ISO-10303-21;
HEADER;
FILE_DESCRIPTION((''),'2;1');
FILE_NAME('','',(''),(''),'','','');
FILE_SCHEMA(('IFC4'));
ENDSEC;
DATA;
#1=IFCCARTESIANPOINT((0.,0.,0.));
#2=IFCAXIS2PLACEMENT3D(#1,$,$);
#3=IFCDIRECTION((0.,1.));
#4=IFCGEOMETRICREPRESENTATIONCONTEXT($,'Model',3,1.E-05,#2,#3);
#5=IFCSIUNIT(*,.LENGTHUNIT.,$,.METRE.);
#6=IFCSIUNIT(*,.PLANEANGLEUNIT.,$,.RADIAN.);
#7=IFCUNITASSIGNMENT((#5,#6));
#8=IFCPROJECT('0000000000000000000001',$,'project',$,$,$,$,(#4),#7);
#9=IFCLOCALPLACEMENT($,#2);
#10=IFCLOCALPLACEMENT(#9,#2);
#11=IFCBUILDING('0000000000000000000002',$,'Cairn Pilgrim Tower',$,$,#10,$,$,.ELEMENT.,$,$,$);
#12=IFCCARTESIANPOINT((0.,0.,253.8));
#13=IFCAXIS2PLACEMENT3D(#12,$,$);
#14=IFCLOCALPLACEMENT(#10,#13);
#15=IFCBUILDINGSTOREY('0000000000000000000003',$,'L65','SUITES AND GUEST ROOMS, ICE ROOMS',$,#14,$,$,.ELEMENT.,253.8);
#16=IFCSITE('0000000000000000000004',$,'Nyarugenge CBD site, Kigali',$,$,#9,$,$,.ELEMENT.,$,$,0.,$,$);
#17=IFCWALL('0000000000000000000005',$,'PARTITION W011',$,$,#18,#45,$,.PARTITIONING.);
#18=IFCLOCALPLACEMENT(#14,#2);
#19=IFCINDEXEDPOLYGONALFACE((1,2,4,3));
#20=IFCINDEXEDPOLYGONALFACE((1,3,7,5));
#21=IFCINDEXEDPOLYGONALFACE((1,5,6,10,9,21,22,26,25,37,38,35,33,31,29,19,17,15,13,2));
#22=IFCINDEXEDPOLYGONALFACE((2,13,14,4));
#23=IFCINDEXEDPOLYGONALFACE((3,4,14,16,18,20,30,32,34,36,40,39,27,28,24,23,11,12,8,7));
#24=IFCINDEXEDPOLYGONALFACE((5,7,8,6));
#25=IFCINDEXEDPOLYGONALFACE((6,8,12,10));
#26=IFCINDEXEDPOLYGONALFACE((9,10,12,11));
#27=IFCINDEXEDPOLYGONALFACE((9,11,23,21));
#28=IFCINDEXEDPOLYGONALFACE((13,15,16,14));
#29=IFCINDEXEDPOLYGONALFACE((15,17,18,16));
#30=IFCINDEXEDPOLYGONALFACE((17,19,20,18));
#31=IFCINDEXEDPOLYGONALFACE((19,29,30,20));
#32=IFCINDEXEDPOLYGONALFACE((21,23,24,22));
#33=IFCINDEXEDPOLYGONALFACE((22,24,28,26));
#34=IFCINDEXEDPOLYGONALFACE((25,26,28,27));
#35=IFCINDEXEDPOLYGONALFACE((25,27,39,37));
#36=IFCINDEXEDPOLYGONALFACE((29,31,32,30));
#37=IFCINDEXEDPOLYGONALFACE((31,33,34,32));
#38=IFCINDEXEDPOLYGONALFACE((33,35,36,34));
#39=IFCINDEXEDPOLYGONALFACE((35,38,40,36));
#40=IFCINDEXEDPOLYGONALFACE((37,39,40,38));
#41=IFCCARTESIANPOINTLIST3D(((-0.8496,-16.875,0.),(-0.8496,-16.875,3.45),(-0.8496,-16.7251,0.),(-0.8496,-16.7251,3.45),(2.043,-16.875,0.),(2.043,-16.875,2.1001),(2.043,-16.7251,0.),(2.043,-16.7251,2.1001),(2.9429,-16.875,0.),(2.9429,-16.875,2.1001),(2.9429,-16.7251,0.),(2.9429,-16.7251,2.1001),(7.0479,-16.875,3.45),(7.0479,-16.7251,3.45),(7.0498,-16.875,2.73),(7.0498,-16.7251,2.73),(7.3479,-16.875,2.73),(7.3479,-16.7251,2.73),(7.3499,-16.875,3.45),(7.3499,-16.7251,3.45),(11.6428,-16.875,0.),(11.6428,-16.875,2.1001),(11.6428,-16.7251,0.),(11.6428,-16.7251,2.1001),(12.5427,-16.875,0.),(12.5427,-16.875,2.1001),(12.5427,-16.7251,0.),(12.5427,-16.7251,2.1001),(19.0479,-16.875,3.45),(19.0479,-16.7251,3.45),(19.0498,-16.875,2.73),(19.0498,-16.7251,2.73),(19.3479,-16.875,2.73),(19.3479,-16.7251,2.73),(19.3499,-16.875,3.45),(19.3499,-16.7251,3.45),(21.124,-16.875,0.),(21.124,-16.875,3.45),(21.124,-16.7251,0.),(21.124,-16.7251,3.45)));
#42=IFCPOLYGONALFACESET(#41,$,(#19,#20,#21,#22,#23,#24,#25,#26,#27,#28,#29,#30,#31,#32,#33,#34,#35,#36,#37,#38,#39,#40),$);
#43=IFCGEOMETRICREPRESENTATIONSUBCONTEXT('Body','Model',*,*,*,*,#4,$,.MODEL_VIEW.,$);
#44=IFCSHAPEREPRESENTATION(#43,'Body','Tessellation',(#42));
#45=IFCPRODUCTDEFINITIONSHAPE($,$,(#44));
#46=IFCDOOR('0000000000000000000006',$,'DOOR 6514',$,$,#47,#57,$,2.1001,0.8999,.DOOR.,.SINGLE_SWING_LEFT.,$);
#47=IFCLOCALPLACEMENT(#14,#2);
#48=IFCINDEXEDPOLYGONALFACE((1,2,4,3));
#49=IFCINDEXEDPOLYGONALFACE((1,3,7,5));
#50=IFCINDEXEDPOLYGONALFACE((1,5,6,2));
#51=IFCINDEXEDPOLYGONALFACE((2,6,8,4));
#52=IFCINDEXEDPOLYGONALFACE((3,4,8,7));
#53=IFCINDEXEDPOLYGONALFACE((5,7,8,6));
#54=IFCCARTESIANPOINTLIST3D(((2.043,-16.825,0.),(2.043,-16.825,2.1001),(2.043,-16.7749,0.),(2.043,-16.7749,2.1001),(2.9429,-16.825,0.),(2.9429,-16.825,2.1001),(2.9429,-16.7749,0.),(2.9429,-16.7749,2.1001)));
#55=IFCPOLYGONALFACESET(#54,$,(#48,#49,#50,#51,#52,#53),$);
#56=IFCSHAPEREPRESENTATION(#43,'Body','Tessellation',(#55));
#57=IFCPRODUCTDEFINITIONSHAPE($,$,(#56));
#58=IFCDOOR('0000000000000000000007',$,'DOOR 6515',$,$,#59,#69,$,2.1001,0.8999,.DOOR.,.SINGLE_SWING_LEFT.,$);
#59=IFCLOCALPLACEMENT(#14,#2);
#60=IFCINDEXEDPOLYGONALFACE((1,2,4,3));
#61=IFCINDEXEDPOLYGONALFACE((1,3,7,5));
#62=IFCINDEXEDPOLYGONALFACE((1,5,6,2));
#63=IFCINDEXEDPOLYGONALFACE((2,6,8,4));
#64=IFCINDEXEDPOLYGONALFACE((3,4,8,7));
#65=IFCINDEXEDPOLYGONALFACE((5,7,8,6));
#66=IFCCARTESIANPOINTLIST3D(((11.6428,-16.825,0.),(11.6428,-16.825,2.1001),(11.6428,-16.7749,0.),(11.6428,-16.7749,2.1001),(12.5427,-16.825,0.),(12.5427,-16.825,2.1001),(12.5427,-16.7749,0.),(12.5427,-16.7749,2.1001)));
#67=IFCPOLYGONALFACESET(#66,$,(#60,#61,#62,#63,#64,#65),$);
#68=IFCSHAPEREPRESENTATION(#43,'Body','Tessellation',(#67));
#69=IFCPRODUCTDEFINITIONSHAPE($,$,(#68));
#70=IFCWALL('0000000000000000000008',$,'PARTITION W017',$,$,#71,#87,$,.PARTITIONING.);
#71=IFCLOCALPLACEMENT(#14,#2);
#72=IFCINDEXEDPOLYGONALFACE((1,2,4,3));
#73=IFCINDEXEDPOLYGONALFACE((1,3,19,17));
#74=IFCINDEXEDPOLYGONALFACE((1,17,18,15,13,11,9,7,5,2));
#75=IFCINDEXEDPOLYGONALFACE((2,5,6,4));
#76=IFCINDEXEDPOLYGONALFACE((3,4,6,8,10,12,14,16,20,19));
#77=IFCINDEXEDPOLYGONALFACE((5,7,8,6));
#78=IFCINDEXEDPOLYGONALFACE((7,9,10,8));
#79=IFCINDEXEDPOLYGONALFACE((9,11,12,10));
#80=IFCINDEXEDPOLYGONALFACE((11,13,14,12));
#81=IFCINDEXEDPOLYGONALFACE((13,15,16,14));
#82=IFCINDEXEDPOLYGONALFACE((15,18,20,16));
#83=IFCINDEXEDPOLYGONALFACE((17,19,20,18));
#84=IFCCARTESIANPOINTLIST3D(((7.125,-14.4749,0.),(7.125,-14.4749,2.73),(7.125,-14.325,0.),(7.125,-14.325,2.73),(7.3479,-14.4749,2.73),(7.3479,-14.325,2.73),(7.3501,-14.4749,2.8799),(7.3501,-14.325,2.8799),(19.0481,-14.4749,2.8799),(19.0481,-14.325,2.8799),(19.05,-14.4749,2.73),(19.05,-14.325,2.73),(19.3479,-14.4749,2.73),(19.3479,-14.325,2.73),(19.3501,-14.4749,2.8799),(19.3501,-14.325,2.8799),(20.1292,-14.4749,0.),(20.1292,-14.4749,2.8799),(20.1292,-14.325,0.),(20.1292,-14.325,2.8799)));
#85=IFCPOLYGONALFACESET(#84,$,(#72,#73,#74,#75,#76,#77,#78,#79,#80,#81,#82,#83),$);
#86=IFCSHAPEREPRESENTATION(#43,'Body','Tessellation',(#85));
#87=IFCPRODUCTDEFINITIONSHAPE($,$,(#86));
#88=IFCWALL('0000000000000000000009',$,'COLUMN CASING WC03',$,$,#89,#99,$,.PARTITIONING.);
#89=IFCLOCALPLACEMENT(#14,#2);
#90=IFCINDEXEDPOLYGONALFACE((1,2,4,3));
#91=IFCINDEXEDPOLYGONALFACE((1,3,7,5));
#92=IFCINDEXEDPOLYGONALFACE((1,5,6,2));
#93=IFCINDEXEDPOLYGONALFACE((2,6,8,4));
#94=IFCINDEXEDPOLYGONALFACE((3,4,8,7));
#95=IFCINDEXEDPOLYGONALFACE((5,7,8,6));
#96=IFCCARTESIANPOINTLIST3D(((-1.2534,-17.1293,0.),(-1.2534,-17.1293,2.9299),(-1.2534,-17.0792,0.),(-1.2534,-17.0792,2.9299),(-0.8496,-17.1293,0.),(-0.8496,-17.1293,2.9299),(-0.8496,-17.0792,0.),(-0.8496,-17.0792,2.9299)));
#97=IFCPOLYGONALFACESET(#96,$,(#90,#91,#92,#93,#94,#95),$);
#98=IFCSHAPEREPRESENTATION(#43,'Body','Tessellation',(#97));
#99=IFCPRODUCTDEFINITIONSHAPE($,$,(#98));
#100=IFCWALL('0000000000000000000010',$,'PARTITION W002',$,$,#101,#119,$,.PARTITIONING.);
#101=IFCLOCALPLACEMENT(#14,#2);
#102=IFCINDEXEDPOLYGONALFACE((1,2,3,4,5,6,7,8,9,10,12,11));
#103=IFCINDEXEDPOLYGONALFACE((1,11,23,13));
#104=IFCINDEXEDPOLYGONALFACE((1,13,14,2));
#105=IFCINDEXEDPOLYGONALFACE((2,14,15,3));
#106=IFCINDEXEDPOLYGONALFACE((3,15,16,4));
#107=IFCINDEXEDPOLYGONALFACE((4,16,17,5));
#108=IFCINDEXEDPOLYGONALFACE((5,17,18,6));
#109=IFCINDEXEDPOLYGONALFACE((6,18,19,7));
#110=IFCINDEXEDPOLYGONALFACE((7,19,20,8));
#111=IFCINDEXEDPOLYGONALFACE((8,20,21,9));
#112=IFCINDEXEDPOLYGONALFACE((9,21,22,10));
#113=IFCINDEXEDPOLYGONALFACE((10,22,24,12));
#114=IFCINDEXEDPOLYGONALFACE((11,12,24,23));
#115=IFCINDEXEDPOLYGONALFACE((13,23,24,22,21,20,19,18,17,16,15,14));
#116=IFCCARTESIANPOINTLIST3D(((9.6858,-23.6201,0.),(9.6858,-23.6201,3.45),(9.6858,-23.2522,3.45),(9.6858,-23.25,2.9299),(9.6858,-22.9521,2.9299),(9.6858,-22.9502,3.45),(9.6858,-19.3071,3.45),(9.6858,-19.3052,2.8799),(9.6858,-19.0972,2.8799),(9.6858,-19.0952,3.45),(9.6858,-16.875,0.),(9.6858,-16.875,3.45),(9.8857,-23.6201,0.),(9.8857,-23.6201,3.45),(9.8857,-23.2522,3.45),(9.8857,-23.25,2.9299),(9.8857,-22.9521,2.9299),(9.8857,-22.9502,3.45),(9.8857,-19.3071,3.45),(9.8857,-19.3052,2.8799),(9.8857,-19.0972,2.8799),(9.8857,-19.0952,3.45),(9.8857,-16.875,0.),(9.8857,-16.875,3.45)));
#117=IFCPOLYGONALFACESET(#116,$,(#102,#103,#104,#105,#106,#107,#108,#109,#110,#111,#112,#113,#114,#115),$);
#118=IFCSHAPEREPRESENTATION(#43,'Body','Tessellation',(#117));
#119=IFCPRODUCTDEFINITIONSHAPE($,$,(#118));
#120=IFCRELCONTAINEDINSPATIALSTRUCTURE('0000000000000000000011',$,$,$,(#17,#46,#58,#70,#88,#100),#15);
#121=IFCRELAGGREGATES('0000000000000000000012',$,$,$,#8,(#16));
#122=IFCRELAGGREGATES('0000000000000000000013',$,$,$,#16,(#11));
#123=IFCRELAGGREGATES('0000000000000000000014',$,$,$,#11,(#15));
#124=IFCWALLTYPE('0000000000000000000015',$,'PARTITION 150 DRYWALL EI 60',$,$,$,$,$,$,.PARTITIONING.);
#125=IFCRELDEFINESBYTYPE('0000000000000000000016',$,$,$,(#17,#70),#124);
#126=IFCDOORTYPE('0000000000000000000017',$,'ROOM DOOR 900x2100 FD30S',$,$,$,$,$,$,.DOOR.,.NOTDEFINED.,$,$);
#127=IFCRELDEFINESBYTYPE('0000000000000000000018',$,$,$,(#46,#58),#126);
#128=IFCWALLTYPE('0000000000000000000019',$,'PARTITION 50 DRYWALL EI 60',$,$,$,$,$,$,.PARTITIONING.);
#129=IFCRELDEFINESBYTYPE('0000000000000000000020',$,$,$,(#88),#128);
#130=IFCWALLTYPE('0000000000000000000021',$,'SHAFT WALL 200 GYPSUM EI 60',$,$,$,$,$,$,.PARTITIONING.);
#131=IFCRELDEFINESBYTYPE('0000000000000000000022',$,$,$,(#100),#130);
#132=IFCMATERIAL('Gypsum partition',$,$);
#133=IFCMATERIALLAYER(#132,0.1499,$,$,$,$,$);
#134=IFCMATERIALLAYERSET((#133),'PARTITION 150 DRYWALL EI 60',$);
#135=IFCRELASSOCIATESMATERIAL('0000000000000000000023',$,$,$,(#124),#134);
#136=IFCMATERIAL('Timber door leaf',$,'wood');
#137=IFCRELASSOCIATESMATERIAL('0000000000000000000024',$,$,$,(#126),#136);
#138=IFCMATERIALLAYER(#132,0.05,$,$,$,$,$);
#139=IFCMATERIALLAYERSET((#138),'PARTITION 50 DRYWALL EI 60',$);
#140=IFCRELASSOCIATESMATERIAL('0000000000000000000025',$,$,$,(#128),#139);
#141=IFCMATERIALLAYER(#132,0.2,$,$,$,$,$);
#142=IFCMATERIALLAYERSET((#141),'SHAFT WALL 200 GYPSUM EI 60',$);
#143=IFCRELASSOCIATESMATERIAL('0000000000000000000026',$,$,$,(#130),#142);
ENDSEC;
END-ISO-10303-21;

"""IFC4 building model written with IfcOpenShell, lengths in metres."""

from ifc_helpers import new_model, si_unit, direction, frame, frame_2d, origin, place, context, subcontext, project, spatial, polyline, rectangle, outline, extrude, material, layer, layer_set, type_object, element, fill, save


model = new_model("IFC4")

# Units and contexts
model_context = context("Model", 3, precision=1e-05, world=origin(), true_north=direction((0.0, 1.0)))
body_context = subcontext(model_context, "Body", "Model", "MODEL_VIEW")
ifc_project = project(units=[si_unit("LENGTHUNIT", "METRE"), si_unit("PLANEANGLEUNIT", "RADIAN")], contexts=[model_context])

# Site, building, storey
site_placement = place(None, origin())
site = spatial("IfcSite", under=ifc_project, at=site_placement, Name="Nyarugenge CBD site, Kigali", CompositionType="ELEMENT", RefElevation=0.0)
building_placement = place(site_placement, origin())
building = spatial("IfcBuilding", under=site, at=building_placement, Name="Cairn Pilgrim Tower", CompositionType="ELEMENT")
storey_placement = place(building_placement, frame((0.0, 0.0, 253.8)))
storey = spatial("IfcBuildingStorey", under=building, at=storey_placement, Name="L65", Description="SUITES AND GUEST ROOMS, ICE ROOMS", CompositionType="ELEMENT", Elevation=253.8)

# Shared definitions
ifc_material_1 = material(Name="Gypsum partition")
ifc_material_2 = material(Name="Timber door leaf", Category="wood")

# Wall, openings, doors
ifc_layer_1 = layer(ifc_material_1, 0.1499)
ifc_layer_set_1 = layer_set([ifc_layer_1], Name="PARTITION 150 DRYWALL EI 60")
wall_type_1 = type_object("IfcWallType", Name="PARTITION 150 DRYWALL EI 60", PredefinedType="PARTITIONING", material=ifc_layer_set_1)
wall_1_placement = place(storey_placement, frame((-0.8496, -16.8, 0.0), z_axis=(0.0, 0.0, 1.0), x_axis=(1.0, 0.0, 0.0)))
wall_1 = element("IfcWall", 1, at=wall_1_placement, inside=storey, type_object=wall_type_1, Name="PARTITION W011", PredefinedType="PARTITIONING", context=body_context, shape_type="SweptSolid", body=[
    extrude(outline(polyline([(0.0, 0.0), (21.9736, 0.0), (21.9736, 3.45), (20.1995, 3.45), (20.1975, 2.73), (19.8994, 2.73), (19.8975, 3.45), (8.1995, 3.45), (8.1975, 2.73), (7.8994, 2.73), (7.8975, 3.45), (0.0, 3.45), (0.0, 0.0)])), frame((0.0, 0.075, 0.0), z_axis=(0.0, -1.0, 0.0), x_axis=(1.0, 0.0, 0.0)), (0.0, 0.0, 1.0), 0.1499),
])
opening_1_placement = place(wall_1_placement, frame((2.8926, 0.0, 0.0)))
opening_1 = element("IfcOpeningElement", 2, at=opening_1_placement, cuts=wall_1, PredefinedType="OPENING", context=body_context, shape_type="SweptSolid", body=[
    extrude(rectangle(XDim=0.8999, YDim=2.1001, at=frame_2d((0.45, 1.05))), frame((0.0, 0.085, 0.0), z_axis=(0.0, -1.0, 0.0), x_axis=(1.0, 0.0, 0.0)), (0.0, 0.0, 1.0), 0.1699),
])
opening_2_placement = place(wall_1_placement, frame((12.4924, 0.0, 0.0)))
opening_2 = element("IfcOpeningElement", 3, at=opening_2_placement, cuts=wall_1, PredefinedType="OPENING", context=body_context, shape_type="SweptSolid", body=[
    extrude(rectangle(XDim=0.8999, YDim=2.1001, at=frame_2d((0.45, 1.05))), frame((0.0, 0.085, 0.0), z_axis=(0.0, -1.0, 0.0), x_axis=(1.0, 0.0, 0.0)), (0.0, 0.0, 1.0), 0.1699),
])
door_type_1 = type_object("IfcDoorType", Name="ROOM DOOR 900x2100 FD30S", OperationType="NOTDEFINED", PredefinedType="DOOR", material=ifc_material_2)
door_1_placement = place(opening_1_placement, frame((0.8999, 0.0, 0.0), z_axis=(0.0, 0.0, 1.0), x_axis=(-1.0, 0.0, 0.0)))
door_1 = element("IfcDoor", 4, at=door_1_placement, inside=storey, type_object=door_type_1, Name="DOOR 6514", OperationType="SINGLE_SWING_LEFT", OverallHeight=2.1001, OverallWidth=0.8999, PredefinedType="DOOR", context=body_context, shape_type="SweptSolid", body=[
    extrude(rectangle(XDim=0.8999, YDim=2.1001, at=frame_2d((0.45, 1.05))), frame((0.0, 0.0249, 0.0), z_axis=(0.0, -1.0, 0.0), x_axis=(1.0, 0.0, 0.0)), (0.0, 0.0, 1.0), 0.05),
])
fill(opening_1, door_1)
door_2_placement = place(opening_2_placement, frame((0.8999, 0.0, 0.0), z_axis=(0.0, 0.0, 1.0), x_axis=(-1.0, 0.0, 0.0)))
door_2 = element("IfcDoor", 5, at=door_2_placement, inside=storey, type_object=door_type_1, Name="DOOR 6515", OperationType="SINGLE_SWING_LEFT", OverallHeight=2.1001, OverallWidth=0.8999, PredefinedType="DOOR", context=body_context, shape_type="SweptSolid", body=[
    extrude(rectangle(XDim=0.8999, YDim=2.1001, at=frame_2d((0.45, 1.05))), frame((0.0, 0.0249, 0.0), z_axis=(0.0, -1.0, 0.0), x_axis=(1.0, 0.0, 0.0)), (0.0, 0.0, 1.0), 0.05),
])
fill(opening_2, door_2)

# Walls
wall_2_placement = place(storey_placement, frame((7.125, -14.3999, 0.0), z_axis=(0.0, 0.0, 1.0), x_axis=(1.0, 0.0, 0.0)))
element("IfcWall", 6, at=wall_2_placement, inside=storey, type_object=wall_type_1, Name="PARTITION W017", PredefinedType="PARTITIONING", context=body_context, shape_type="SweptSolid", body=[
    extrude(outline(polyline([(0.0, 0.0), (13.0042, 0.0), (13.0042, 2.8799), (12.2251, 2.8799), (12.2229, 2.73), (11.925, 2.73), (11.9231, 2.8799), (0.2251, 2.8799), (0.2229, 2.73), (0.0, 2.73), (0.0, 0.0)])), frame((0.0, 0.075, 0.0), z_axis=(0.0, -1.0, 0.0), x_axis=(1.0, 0.0, 0.0)), (0.0, 0.0, 1.0), 0.1499),
])
ifc_layer_2 = layer(ifc_material_1, 0.05)
ifc_layer_set_2 = layer_set([ifc_layer_2], Name="PARTITION 50 DRYWALL EI 60")
wall_type_2 = type_object("IfcWallType", Name="PARTITION 50 DRYWALL EI 60", PredefinedType="PARTITIONING", material=ifc_layer_set_2)
wall_3_placement = place(storey_placement, frame((-1.2534, -17.1042, 0.0), z_axis=(0.0, 0.0, 1.0), x_axis=(1.0, 0.0, 0.0)))
element("IfcWall", 7, at=wall_3_placement, inside=storey, type_object=wall_type_2, Name="COLUMN CASING WC03", PredefinedType="PARTITIONING", context=body_context, shape_type="SweptSolid", body=[
    extrude(rectangle(XDim=0.4038, YDim=0.05, at=frame_2d((0.2019, 0.0))), origin(), (0.0, 0.0, 1.0), 2.9299),
])
ifc_layer_3 = layer(ifc_material_1, 0.2)
ifc_layer_set_3 = layer_set([ifc_layer_3], Name="SHAFT WALL 200 GYPSUM EI 60")
wall_type_3 = type_object("IfcWallType", Name="SHAFT WALL 200 GYPSUM EI 60", PredefinedType="PARTITIONING", material=ifc_layer_set_3)
wall_4_placement = place(storey_placement, frame((9.7859, -23.6201, 0.0), z_axis=(0.0, 0.0, 1.0), x_axis=(0.0, 1.0, 0.0)))
element("IfcWall", 8, at=wall_4_placement, inside=storey, type_object=wall_type_3, Name="PARTITION W002", PredefinedType="PARTITIONING", context=body_context, shape_type="SweptSolid", body=[
    extrude(outline(polyline([(0.0, 0.0), (6.7451, 0.0), (6.7451, 3.45), (4.5249, 3.45), (4.5229, 2.8799), (4.3149, 2.8799), (4.313, 3.45), (0.6699, 3.45), (0.668, 2.9299), (0.3701, 2.9299), (0.3679, 3.45), (0.0, 3.45), (0.0, 0.0)])), frame((0.0, 0.1001, 0.0), z_axis=(0.0, -1.0, 0.0), x_axis=(1.0, 0.0, 0.0)), (0.0, 0.0, 1.0), 0.2),
])

save(model, "model.ifc")
